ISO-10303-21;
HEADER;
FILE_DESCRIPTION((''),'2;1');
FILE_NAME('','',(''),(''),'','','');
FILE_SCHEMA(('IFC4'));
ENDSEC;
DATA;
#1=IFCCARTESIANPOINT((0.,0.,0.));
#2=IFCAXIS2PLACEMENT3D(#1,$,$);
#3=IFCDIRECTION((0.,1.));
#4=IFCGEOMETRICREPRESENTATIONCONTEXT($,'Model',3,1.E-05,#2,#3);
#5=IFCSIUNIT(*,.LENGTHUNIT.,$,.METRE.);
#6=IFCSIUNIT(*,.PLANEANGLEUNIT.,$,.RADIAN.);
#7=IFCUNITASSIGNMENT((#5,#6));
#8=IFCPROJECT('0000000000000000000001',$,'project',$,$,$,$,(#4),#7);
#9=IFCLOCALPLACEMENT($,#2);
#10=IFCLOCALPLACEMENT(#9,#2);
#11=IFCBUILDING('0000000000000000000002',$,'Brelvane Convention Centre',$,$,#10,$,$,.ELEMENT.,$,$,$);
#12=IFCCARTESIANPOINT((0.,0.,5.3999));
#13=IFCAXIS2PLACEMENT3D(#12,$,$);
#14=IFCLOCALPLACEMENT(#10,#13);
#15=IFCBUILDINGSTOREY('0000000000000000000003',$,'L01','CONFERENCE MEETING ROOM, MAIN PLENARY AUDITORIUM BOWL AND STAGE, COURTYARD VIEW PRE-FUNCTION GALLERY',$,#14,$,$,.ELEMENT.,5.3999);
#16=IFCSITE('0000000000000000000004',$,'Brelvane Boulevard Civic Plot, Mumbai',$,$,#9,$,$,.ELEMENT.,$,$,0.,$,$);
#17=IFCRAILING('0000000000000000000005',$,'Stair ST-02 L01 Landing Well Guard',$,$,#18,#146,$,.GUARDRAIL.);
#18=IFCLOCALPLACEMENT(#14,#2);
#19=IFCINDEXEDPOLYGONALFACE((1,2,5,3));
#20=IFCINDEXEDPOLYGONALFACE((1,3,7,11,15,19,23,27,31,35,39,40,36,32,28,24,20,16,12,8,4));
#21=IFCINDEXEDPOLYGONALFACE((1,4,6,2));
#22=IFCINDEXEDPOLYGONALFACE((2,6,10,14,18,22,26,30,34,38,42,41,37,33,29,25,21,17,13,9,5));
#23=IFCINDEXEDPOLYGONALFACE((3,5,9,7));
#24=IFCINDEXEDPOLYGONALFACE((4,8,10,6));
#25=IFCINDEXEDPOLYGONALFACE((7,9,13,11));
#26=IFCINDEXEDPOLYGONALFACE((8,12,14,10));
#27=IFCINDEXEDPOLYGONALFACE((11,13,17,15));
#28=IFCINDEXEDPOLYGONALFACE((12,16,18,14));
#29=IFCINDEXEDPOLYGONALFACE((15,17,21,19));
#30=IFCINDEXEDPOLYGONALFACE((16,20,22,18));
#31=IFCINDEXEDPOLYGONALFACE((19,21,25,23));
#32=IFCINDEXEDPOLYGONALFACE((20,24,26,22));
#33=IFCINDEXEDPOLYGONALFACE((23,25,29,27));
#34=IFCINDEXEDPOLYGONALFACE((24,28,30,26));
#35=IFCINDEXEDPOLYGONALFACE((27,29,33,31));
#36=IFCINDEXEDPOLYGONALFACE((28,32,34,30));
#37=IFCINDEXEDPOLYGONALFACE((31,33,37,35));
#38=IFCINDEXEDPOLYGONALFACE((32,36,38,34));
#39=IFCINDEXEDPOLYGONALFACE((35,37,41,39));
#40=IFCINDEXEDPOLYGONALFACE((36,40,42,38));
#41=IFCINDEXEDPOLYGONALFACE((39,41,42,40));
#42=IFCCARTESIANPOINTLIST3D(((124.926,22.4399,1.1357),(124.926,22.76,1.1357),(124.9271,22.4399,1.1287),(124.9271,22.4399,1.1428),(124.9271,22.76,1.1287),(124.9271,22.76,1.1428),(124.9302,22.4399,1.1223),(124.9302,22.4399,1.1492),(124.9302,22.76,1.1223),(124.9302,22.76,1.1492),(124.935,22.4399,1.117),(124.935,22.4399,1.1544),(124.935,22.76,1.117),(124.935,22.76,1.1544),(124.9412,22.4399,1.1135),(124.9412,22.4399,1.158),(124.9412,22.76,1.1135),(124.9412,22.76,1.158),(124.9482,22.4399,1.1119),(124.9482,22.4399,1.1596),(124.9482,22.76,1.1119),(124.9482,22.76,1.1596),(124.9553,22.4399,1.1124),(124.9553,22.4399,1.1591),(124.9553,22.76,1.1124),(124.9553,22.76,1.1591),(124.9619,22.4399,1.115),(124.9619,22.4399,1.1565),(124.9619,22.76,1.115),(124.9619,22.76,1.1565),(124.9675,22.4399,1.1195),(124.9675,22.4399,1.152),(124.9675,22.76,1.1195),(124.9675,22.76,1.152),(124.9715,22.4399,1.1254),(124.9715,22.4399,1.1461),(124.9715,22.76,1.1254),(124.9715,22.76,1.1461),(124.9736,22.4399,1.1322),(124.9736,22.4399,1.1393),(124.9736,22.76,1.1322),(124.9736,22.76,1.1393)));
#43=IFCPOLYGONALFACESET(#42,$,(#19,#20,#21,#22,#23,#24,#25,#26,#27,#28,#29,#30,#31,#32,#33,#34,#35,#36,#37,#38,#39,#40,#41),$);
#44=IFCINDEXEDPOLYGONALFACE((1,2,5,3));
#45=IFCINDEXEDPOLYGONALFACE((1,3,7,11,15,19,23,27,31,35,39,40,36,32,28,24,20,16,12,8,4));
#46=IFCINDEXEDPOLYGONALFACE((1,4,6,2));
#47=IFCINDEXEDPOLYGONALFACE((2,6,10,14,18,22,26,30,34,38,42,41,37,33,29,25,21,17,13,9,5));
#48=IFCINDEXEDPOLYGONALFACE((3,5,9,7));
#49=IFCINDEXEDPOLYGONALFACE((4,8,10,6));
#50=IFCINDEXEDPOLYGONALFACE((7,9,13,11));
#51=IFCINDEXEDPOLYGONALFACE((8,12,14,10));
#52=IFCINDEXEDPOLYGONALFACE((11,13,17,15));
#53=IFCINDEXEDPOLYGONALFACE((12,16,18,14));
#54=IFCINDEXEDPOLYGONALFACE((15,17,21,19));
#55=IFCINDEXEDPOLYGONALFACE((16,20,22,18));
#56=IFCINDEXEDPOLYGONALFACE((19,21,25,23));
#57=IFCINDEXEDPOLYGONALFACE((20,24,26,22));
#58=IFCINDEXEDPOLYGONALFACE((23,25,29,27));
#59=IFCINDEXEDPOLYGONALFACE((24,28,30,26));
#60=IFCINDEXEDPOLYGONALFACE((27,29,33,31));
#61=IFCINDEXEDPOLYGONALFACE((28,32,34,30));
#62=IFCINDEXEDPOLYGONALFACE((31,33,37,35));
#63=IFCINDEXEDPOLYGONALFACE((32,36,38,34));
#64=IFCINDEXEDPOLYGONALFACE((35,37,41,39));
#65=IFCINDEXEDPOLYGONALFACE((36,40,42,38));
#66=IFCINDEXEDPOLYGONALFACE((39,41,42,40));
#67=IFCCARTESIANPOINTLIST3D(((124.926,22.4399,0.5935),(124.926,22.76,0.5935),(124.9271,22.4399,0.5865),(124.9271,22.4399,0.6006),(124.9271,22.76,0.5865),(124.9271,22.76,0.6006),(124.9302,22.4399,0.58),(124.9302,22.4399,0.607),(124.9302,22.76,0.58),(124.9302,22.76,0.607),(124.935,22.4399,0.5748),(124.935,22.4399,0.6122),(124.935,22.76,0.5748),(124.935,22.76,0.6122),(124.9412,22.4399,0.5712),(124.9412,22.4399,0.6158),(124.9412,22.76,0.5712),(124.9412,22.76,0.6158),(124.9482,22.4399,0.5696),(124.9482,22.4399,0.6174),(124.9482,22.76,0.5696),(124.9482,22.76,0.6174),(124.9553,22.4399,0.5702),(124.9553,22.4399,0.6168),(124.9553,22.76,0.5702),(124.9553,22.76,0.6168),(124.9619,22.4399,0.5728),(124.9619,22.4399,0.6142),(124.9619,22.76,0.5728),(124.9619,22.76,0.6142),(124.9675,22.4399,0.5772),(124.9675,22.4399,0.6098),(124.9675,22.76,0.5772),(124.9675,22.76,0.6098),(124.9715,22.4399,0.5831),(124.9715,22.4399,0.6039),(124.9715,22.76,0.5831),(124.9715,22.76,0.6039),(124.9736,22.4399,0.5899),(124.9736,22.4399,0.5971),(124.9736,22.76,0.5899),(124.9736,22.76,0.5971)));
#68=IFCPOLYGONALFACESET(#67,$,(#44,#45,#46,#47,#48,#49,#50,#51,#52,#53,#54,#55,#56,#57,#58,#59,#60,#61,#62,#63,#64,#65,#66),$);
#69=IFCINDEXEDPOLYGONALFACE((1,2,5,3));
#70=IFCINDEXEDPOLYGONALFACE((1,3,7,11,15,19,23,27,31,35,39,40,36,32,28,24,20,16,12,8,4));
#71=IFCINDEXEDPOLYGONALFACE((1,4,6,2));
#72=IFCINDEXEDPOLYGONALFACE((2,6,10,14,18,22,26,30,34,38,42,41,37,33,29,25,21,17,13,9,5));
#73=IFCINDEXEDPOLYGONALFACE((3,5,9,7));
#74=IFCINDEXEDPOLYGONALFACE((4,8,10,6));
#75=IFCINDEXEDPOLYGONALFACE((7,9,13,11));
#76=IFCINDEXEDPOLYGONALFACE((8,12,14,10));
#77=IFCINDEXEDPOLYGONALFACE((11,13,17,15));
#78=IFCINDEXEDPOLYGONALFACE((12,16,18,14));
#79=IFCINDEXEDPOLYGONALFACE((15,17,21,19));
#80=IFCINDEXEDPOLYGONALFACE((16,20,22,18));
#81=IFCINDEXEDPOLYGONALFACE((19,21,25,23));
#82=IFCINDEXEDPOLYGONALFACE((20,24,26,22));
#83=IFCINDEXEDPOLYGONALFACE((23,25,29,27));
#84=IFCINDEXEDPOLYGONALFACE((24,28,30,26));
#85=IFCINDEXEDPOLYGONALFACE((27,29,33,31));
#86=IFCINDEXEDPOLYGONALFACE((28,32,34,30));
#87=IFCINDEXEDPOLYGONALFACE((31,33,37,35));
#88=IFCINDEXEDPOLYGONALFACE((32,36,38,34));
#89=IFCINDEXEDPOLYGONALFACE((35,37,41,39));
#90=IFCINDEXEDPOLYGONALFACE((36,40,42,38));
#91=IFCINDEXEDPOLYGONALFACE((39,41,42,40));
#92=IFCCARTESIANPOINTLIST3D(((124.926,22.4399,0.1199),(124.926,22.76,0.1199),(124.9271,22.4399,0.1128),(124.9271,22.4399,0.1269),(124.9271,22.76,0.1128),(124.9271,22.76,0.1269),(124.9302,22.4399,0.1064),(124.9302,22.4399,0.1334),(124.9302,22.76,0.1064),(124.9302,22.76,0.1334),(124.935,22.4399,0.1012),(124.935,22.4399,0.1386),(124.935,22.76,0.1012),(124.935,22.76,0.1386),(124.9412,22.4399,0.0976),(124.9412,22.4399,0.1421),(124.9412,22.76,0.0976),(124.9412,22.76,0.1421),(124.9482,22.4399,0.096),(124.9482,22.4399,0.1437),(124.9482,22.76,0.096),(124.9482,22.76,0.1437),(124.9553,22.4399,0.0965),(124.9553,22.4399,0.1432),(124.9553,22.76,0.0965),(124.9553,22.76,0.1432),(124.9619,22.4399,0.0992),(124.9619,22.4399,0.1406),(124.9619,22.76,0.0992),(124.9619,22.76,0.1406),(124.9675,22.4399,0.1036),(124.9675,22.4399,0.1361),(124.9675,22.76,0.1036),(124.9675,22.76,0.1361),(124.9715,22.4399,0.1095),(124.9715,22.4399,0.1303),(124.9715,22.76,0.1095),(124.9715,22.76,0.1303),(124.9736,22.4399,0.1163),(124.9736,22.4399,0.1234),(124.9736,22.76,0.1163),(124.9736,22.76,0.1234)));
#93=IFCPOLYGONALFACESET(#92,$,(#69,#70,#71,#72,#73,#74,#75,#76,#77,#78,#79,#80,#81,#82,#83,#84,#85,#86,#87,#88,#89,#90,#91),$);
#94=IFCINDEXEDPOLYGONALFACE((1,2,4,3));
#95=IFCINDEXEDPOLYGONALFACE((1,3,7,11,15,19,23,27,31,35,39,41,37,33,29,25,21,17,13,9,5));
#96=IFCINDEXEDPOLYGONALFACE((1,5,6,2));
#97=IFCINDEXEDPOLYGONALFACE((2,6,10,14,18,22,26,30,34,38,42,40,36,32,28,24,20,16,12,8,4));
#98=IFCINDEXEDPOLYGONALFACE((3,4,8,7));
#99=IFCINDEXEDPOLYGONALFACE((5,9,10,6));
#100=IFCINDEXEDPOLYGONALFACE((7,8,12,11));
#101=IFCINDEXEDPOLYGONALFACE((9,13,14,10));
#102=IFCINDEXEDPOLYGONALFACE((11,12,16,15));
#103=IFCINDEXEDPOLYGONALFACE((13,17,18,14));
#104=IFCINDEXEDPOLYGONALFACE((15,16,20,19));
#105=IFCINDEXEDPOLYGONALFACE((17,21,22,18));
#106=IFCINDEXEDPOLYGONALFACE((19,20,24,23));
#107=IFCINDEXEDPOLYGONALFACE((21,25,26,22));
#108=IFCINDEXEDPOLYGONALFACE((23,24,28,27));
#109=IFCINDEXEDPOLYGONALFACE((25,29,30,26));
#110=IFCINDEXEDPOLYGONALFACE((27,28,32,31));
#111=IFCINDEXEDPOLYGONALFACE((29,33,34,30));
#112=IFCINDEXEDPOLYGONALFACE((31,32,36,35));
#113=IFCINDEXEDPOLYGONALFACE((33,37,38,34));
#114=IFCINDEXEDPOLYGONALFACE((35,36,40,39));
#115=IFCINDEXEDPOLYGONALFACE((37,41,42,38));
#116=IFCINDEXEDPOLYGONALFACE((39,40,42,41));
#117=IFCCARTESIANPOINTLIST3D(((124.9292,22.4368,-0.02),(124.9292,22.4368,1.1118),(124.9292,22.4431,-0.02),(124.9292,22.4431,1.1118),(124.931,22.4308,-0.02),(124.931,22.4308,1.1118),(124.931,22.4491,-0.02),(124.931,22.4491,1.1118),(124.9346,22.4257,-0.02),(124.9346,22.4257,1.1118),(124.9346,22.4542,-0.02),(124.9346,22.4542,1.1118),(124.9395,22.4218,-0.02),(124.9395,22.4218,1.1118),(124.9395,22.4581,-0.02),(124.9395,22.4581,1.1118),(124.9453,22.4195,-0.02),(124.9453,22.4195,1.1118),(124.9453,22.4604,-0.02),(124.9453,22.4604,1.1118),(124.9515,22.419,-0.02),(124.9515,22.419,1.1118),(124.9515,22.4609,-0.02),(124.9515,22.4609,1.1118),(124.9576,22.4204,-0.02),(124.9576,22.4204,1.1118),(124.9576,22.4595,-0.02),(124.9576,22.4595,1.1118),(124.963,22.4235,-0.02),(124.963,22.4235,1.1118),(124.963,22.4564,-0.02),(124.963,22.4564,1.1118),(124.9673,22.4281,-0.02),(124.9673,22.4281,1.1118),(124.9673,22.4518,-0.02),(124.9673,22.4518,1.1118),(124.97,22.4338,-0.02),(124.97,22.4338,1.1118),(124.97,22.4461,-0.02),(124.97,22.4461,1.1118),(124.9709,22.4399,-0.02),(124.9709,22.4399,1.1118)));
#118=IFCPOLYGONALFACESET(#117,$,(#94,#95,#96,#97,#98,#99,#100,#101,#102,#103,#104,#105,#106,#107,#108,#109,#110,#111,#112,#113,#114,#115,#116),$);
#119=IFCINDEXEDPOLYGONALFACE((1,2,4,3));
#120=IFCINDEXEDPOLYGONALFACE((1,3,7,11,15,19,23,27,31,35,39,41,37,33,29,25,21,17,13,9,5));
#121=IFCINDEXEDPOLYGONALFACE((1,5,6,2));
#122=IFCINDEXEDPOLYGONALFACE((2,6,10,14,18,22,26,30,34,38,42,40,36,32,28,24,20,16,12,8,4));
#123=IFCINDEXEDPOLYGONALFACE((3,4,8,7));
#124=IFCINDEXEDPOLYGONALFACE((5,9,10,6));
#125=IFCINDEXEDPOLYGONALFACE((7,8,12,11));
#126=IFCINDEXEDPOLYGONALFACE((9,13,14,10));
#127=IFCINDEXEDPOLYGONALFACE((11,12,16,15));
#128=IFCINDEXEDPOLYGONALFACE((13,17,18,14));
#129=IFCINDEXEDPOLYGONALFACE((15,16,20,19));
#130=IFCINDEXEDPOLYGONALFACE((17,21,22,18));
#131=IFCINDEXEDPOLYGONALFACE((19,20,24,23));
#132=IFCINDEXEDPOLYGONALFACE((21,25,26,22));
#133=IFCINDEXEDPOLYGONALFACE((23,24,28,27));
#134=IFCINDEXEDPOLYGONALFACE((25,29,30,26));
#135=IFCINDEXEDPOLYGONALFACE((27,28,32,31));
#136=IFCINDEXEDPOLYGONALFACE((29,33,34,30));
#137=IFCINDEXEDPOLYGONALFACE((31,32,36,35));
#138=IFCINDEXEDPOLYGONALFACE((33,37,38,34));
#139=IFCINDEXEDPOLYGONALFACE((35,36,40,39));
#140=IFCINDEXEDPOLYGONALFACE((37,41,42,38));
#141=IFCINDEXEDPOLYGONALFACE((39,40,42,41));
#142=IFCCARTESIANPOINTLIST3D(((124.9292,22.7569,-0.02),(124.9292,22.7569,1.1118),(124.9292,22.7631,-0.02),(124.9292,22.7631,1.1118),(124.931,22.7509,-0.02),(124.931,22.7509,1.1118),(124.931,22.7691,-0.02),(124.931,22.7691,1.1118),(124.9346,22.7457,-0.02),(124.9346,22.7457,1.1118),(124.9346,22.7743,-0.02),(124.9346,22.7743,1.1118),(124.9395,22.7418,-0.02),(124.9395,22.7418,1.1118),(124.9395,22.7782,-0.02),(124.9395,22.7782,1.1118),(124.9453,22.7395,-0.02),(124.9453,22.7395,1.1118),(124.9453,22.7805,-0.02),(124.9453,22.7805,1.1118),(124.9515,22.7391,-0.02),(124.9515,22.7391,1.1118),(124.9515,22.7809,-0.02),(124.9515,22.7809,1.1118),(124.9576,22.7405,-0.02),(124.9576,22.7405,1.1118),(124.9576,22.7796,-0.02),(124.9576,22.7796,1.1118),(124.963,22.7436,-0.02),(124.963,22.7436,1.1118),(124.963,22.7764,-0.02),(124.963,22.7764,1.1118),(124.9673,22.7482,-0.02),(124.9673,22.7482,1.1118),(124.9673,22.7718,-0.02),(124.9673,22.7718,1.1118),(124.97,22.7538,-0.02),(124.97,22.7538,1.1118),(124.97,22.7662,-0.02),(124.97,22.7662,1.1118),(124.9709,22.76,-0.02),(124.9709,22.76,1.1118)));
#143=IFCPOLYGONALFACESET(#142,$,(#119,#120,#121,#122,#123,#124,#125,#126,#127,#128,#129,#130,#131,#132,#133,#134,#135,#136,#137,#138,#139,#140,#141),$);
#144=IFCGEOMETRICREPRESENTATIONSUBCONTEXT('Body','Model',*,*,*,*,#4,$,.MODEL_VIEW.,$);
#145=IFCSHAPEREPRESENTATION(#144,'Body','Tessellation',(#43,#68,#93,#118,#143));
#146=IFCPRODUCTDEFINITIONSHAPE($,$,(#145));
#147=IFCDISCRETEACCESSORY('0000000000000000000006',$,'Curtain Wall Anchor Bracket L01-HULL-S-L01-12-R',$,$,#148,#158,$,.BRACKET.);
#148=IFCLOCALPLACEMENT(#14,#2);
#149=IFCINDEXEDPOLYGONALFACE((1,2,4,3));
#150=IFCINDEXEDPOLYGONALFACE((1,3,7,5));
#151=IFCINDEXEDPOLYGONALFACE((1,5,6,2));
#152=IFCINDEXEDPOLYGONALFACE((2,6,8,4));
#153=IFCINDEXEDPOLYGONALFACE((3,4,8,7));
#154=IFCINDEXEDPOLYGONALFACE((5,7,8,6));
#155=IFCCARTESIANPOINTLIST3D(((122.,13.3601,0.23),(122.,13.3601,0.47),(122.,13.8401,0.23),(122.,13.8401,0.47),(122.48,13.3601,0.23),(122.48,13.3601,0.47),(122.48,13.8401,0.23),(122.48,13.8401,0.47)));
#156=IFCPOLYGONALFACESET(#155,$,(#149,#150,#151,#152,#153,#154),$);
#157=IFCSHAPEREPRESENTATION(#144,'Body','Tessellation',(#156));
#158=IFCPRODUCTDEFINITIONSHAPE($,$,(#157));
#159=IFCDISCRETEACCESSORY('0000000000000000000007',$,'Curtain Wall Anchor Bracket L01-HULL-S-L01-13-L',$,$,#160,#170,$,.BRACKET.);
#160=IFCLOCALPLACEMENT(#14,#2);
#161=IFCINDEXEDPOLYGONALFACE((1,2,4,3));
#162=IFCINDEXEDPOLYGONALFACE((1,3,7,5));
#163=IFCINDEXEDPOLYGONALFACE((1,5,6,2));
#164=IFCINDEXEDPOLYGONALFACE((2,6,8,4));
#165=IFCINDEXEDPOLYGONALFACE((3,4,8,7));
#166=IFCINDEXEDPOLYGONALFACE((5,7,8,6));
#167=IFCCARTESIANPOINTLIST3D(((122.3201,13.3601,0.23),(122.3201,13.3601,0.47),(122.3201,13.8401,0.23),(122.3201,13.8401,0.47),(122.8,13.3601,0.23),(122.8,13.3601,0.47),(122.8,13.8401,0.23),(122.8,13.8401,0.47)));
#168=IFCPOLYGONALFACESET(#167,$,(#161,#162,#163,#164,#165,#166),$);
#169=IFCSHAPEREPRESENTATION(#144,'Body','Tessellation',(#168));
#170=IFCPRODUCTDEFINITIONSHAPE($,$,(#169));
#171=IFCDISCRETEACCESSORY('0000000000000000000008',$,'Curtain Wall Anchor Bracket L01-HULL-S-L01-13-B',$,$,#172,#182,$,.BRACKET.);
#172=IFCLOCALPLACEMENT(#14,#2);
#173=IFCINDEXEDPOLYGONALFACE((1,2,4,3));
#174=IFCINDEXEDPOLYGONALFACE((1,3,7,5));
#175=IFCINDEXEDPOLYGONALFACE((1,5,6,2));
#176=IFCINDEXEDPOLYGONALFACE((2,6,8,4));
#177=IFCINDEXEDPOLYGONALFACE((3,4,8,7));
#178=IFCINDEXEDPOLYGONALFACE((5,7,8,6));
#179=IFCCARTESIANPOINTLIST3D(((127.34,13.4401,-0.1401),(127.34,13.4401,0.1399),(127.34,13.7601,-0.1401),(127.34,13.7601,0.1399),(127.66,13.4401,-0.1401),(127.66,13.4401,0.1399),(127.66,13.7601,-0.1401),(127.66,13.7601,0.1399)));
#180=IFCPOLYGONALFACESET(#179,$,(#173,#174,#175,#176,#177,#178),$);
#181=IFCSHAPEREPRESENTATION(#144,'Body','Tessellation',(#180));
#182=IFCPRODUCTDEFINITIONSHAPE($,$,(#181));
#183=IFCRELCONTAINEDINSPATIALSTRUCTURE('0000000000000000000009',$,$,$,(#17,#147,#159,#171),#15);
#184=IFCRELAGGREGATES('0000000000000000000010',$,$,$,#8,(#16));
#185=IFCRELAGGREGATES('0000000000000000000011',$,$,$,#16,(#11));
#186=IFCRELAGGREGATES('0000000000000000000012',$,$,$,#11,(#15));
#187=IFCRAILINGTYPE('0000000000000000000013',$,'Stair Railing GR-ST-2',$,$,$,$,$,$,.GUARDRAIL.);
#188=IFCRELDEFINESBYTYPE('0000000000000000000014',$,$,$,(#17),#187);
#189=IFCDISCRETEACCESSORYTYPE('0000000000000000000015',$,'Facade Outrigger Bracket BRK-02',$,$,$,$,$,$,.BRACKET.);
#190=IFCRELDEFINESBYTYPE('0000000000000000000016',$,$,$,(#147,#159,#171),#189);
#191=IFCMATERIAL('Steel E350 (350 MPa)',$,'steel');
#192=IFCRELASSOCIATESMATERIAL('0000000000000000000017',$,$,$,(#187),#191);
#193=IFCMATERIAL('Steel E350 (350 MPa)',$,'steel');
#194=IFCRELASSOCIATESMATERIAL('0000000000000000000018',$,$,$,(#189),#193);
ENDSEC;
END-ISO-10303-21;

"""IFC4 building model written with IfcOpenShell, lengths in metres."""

from ifc_helpers import new_model, si_unit, direction, frame, origin, origin_2d, place, context, subcontext, project, spatial, rectangle, circle, extrude, material, type_object, element, save


model = new_model("IFC4")

# Units and contexts
model_context = context("Model", 3, precision=1e-05, world=origin(), true_north=direction((0.0, 1.0)))
body_context = subcontext(model_context, "Body", "Model", "MODEL_VIEW")
ifc_project = project(units=[si_unit("LENGTHUNIT", "METRE"), si_unit("PLANEANGLEUNIT", "RADIAN")], contexts=[model_context])

# Site, building, storey
site_placement = place(None, origin())
site = spatial("IfcSite", under=ifc_project, at=site_placement, Name="Brelvane Boulevard Civic Plot, Mumbai", CompositionType="ELEMENT", RefElevation=0.0)
building_placement = place(site_placement, origin())
building = spatial("IfcBuilding", under=site, at=building_placement, Name="Brelvane Convention Centre", CompositionType="ELEMENT")
storey_placement = place(building_placement, frame((0.0, 0.0, 5.3999)))
storey = spatial("IfcBuildingStorey", under=building, at=storey_placement, Name="L01", Description="CONFERENCE MEETING ROOM, MAIN PLENARY AUDITORIUM BOWL AND STAGE, COURTYARD VIEW PRE-FUNCTION GALLERY", CompositionType="ELEMENT", Elevation=5.3999)

# Railing
ifc_material_1 = material(Name="Steel E350 (350 MPa)", Category="steel")
railing_type_1 = type_object("IfcRailingType", Name="Stair Railing GR-ST-2", PredefinedType="GUARDRAIL", material=ifc_material_1)
railing_1_placement = place(storey_placement, frame((124.95, 22.4399, -0.02)))
element("IfcRailing", 1, at=railing_1_placement, inside=storey, type_object=railing_type_1, Name="Stair ST-02 L01 Landing Well Guard", PredefinedType="GUARDRAIL", context=body_context, shape_type="SweptSolid", body=[
    extrude(circle(Radius=0.0239, at=origin_2d()), frame((0.0, 0.0, 1.1558), z_axis=(0.0, 1.0, 0.0), x_axis=(-1.0, 0.0, 0.0)), (0.0, 0.0, 1.0), 0.3201),
    extrude(circle(Radius=0.0239, at=origin_2d()), frame((0.0, 0.0, 0.6135), z_axis=(0.0, 1.0, 0.0), x_axis=(-1.0, 0.0, 0.0)), (0.0, 0.0, 1.0), 0.3201),
    extrude(circle(Radius=0.0239, at=origin_2d()), frame((0.0, 0.0, 0.1399), z_axis=(0.0, 1.0, 0.0), x_axis=(-1.0, 0.0, 0.0)), (0.0, 0.0, 1.0), 0.3201),
    extrude(circle(Radius=0.021, at=origin_2d()), origin(), (0.0, 0.0, 1.0), 1.1318),
    extrude(circle(Radius=0.021, at=origin_2d()), frame((0.0, 0.3201, 0.0)), (0.0, 0.0, 1.0), 1.1318),
])

# Discrete accessories
ifc_material_2 = material(Name="Steel E350 (350 MPa)", Category="steel")
discrete_accessory_type = type_object("IfcDiscreteAccessoryType", Name="Facade Outrigger Bracket BRK-02", PredefinedType="BRACKET", material=ifc_material_2)
for number, where, z_axis, x_axis, name in (
    (2, (122.24, 13.6001, 0.23), (0.0, 0.0, 1.0), (1.0, 0.0, 0.0), "Curtain Wall Anchor Bracket L01-HULL-S-L01-12-R"),
    (3, (122.5601, 13.6001, 0.23), (0.0, 0.0, 1.0), (1.0, 0.0, 0.0), "Curtain Wall Anchor Bracket L01-HULL-S-L01-13-L"),
):
    element("IfcDiscreteAccessory", number, at=place(storey_placement, frame(where, z_axis=z_axis, x_axis=x_axis)), inside=storey, type_object=discrete_accessory_type, Name=name, PredefinedType="BRACKET", context=body_context, shape_type="SweptSolid", body=[
        extrude(rectangle(XDim=0.48, YDim=0.48, at=origin_2d()), origin(), (0.0, 0.0, 1.0), 0.24),
    ])
discrete_accessory_placement = place(storey_placement, frame((127.5, 13.6001, -0.1401), z_axis=(0.0, 0.0, 1.0), x_axis=(1.0, 0.0, 0.0)))
element("IfcDiscreteAccessory", 4, at=discrete_accessory_placement, inside=storey, type_object=discrete_accessory_type, Name="Curtain Wall Anchor Bracket L01-HULL-S-L01-13-B", PredefinedType="BRACKET", context=body_context, shape_type="SweptSolid", body=[
    extrude(rectangle(XDim=0.3201, YDim=0.3201, at=origin_2d()), origin(), (0.0, 0.0, 1.0), 0.28),
])

save(model, "model.ifc")
